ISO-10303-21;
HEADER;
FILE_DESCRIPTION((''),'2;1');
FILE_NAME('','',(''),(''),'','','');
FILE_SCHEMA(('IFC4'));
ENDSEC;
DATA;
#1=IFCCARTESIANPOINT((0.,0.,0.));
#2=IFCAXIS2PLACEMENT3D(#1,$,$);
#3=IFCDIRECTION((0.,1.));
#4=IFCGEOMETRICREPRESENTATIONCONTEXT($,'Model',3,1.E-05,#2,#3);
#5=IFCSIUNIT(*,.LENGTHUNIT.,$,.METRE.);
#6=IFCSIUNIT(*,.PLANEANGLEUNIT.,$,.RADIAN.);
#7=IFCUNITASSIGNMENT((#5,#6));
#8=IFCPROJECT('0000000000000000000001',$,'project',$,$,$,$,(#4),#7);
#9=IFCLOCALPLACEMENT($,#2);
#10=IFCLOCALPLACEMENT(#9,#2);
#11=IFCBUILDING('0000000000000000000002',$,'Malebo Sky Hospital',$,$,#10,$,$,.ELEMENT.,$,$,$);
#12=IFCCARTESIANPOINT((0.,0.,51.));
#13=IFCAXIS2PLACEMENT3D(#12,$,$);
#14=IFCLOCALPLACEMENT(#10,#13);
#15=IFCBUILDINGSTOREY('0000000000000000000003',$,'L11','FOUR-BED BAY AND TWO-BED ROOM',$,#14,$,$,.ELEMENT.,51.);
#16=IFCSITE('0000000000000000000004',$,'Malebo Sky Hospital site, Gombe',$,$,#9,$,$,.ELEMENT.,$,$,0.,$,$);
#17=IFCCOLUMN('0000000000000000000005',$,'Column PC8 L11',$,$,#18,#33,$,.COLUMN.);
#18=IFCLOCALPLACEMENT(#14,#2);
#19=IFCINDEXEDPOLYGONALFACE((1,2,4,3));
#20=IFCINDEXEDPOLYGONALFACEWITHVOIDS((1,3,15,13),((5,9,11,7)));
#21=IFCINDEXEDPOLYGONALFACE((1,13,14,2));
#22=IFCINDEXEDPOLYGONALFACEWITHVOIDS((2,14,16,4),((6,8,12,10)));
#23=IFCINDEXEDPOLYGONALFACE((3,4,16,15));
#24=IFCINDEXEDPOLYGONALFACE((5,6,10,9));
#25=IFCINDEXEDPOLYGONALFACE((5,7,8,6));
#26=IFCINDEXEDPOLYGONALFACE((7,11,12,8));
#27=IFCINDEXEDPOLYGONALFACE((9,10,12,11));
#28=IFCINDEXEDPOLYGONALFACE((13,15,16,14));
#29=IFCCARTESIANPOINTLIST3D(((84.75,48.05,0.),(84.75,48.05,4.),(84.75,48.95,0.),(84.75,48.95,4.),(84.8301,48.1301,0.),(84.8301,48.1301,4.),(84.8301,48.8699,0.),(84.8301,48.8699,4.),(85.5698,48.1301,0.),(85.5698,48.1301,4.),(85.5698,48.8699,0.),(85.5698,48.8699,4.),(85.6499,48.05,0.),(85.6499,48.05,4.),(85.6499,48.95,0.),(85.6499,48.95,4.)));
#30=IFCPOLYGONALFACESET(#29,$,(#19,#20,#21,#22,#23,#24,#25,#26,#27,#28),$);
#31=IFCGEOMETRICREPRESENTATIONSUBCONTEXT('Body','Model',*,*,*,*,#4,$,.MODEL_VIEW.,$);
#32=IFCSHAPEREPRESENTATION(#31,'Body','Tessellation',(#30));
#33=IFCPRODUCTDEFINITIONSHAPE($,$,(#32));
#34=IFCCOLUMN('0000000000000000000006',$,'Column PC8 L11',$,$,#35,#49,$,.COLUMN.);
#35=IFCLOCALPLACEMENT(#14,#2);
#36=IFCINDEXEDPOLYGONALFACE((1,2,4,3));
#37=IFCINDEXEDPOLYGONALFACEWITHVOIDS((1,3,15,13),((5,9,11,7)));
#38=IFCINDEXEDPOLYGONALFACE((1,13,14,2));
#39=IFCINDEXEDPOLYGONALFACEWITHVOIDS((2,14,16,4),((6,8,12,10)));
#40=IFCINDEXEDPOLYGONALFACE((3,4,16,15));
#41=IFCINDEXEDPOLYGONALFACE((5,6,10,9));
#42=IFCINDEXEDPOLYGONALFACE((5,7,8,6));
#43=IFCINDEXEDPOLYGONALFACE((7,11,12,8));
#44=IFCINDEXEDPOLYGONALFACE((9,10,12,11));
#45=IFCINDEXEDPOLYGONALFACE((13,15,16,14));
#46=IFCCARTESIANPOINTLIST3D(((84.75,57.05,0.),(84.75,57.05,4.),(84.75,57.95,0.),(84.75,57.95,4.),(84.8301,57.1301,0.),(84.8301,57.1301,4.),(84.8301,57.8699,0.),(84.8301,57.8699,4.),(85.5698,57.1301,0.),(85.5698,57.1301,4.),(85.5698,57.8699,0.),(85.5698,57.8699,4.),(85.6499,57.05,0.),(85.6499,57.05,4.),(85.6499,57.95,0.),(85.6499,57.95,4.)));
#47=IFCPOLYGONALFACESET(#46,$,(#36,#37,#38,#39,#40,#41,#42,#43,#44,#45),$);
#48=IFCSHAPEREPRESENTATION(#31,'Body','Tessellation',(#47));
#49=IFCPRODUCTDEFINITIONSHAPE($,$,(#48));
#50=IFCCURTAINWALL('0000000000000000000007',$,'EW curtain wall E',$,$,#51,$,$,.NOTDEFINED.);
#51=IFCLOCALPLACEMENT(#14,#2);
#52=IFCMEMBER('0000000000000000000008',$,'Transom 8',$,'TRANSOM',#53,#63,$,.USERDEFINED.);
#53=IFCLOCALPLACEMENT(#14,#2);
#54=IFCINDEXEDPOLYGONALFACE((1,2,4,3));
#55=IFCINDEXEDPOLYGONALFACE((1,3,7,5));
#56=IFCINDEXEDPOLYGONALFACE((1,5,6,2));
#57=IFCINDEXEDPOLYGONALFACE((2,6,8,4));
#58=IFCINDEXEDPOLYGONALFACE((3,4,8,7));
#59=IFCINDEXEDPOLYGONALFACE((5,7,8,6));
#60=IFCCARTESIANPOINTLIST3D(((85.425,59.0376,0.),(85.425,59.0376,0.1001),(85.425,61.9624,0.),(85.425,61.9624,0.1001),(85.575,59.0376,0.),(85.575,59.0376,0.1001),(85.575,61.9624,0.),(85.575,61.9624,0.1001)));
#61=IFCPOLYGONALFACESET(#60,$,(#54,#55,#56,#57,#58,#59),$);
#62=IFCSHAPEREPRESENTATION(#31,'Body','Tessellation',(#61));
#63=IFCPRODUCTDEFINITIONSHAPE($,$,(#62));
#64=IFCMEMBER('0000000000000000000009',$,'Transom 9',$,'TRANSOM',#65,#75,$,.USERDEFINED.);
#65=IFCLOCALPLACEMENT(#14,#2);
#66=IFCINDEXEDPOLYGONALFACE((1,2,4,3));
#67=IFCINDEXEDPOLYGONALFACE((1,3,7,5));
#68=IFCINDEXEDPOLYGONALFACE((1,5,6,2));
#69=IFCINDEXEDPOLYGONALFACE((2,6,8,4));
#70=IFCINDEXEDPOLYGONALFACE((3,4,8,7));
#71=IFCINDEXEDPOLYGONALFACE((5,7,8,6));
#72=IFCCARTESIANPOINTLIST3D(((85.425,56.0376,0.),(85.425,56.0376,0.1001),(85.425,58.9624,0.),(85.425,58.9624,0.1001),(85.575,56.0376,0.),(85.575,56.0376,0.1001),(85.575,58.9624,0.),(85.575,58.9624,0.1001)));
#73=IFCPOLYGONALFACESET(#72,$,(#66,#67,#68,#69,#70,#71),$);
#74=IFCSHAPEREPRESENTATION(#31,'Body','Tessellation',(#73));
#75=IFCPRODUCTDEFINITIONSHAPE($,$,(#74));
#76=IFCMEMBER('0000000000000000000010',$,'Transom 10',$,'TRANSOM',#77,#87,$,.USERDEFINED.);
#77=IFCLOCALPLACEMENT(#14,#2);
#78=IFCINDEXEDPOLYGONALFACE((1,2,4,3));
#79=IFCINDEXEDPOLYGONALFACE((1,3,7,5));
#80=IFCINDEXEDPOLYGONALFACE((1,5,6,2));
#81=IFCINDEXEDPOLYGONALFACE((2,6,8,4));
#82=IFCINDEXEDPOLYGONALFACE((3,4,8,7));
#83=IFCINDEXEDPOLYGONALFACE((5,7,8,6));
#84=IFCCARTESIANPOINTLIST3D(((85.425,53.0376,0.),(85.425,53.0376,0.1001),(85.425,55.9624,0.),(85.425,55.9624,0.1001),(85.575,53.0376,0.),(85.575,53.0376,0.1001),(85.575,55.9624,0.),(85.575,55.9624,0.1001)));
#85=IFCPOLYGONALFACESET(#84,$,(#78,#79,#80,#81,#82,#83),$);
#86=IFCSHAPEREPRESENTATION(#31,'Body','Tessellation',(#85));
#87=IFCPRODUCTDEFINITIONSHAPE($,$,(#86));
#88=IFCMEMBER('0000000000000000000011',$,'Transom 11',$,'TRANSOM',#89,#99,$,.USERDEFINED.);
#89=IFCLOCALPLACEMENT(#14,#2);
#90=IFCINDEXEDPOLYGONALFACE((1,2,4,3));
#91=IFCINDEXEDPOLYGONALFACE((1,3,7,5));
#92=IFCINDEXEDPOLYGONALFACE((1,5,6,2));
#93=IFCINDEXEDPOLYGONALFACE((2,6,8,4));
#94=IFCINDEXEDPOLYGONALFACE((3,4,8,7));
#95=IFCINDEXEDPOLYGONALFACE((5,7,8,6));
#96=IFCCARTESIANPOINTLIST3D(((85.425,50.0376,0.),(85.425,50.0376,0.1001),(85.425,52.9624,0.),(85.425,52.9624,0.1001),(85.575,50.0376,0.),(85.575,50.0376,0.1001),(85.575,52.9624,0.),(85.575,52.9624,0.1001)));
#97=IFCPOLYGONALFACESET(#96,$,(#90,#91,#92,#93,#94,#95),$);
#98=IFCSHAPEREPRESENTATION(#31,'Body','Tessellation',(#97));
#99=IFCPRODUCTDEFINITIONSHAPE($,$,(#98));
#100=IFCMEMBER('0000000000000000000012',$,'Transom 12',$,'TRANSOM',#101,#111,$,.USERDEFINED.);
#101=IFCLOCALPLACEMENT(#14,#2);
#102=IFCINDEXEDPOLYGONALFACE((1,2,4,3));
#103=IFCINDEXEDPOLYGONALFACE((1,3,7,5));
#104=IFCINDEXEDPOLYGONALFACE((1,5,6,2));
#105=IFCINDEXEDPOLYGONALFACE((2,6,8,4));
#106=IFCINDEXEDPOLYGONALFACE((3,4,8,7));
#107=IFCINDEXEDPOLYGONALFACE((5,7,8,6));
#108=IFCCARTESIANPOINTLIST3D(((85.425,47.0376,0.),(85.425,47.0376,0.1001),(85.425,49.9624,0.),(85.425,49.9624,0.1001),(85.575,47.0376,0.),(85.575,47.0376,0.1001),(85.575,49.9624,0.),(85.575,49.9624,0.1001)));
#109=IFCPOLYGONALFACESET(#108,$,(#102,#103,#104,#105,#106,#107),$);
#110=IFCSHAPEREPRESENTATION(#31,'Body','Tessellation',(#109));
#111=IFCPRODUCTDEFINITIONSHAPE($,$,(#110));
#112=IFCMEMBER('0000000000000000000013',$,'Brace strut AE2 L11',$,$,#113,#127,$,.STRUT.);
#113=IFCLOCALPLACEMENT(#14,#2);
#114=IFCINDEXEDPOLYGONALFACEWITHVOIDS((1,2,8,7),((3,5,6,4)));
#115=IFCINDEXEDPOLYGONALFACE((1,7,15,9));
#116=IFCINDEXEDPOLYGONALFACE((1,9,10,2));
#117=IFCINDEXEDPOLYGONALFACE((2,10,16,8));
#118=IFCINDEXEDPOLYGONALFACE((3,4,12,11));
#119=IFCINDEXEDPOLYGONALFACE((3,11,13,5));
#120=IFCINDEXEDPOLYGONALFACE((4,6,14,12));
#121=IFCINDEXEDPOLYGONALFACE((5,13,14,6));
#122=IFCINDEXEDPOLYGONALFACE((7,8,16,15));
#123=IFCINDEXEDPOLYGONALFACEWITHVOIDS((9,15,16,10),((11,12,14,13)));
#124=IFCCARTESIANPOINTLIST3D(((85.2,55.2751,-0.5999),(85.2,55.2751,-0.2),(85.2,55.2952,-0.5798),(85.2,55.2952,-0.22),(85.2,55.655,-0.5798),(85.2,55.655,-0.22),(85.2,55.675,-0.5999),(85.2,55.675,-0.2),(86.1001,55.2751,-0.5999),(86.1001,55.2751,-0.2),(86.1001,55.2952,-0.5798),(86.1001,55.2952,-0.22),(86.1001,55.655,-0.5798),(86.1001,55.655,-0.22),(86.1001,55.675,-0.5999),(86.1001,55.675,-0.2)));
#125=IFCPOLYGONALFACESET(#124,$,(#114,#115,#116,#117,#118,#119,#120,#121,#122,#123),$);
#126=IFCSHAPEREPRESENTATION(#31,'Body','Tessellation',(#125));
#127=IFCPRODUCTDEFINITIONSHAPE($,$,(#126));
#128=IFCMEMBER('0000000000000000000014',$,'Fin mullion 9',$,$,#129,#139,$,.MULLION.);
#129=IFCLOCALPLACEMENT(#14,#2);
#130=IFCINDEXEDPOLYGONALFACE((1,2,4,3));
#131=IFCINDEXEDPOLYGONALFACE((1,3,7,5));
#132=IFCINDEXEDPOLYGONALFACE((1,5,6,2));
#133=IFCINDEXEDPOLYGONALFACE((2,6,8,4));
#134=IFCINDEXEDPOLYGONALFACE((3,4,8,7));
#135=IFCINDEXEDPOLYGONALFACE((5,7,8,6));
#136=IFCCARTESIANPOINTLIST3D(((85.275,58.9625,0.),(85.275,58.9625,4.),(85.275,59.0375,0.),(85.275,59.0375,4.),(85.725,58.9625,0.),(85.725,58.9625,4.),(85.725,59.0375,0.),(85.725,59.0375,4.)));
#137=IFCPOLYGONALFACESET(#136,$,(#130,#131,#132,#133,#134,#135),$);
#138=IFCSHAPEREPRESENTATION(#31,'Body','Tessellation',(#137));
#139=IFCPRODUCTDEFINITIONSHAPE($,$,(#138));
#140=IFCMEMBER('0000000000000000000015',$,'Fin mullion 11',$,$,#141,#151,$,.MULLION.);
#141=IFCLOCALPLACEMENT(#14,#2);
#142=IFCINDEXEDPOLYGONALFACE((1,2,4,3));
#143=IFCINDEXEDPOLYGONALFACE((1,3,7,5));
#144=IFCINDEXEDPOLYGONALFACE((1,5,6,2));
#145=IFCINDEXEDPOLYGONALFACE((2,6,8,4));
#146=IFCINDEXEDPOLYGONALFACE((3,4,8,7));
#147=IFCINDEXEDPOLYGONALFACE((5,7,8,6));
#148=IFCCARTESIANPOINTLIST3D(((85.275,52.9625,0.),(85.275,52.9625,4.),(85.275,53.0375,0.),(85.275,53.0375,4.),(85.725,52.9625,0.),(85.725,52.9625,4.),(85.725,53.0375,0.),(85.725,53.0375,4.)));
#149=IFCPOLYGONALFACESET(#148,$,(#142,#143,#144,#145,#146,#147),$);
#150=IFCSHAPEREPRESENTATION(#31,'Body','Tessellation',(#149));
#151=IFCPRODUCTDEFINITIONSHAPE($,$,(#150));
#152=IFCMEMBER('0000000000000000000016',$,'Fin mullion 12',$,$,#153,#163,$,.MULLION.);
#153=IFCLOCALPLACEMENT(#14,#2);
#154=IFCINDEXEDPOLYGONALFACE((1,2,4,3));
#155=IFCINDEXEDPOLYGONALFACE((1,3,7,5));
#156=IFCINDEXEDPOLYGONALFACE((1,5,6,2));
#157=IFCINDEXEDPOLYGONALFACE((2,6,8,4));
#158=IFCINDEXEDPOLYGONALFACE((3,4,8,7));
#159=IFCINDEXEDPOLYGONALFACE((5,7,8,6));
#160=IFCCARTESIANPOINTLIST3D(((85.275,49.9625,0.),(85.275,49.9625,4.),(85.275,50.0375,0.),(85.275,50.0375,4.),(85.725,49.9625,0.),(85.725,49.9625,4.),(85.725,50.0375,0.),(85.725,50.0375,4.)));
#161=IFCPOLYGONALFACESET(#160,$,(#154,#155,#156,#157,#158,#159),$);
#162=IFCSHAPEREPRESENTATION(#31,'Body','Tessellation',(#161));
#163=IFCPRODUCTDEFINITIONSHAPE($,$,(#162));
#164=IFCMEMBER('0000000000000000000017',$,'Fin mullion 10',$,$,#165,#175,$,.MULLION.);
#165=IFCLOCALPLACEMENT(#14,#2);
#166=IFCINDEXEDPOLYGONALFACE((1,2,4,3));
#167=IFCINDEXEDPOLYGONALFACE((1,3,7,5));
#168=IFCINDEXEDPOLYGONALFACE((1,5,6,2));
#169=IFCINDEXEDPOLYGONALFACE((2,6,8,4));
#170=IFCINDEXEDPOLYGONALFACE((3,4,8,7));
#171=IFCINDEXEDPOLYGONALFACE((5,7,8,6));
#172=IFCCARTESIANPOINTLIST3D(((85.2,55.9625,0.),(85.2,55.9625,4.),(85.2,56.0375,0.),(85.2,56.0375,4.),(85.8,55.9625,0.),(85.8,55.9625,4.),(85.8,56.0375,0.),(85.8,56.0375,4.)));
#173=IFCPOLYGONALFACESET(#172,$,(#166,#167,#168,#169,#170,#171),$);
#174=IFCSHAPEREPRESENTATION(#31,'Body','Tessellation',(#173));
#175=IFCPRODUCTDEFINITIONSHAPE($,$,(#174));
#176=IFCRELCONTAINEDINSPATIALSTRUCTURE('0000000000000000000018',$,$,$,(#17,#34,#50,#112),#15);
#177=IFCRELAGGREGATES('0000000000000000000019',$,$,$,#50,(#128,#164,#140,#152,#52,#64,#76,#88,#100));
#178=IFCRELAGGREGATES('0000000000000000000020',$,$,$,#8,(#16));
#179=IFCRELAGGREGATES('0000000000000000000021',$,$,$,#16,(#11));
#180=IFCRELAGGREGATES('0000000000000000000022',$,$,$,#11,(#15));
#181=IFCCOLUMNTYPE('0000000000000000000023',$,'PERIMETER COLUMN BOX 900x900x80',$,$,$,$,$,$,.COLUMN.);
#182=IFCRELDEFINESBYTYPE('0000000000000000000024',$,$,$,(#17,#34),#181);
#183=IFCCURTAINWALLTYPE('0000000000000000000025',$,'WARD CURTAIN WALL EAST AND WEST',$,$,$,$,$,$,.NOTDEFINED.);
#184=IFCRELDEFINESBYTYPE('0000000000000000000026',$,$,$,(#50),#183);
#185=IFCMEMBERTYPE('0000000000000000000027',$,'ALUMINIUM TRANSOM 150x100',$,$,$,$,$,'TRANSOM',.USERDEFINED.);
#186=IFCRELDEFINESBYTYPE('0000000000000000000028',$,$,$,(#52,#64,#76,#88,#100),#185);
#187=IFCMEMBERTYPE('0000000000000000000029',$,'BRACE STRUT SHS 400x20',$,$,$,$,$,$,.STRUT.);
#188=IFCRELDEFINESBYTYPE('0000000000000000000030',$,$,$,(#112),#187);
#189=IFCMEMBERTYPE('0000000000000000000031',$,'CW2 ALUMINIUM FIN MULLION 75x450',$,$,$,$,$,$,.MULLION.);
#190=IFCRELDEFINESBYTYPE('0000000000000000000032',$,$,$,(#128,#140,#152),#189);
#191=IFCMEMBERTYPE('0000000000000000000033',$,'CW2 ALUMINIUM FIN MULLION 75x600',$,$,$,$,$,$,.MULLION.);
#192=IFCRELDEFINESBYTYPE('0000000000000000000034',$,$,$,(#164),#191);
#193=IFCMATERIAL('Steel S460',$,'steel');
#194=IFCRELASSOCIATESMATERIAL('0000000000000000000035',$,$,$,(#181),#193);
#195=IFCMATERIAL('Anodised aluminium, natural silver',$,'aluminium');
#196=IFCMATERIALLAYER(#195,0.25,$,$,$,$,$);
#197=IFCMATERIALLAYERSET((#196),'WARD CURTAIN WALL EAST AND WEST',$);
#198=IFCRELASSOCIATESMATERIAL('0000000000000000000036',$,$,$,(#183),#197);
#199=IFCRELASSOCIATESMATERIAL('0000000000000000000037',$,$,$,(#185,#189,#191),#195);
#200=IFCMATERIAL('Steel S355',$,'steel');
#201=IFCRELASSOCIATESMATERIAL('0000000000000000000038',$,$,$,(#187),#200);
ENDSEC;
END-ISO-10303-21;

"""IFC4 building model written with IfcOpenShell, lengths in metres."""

from ifc_helpers import new_model, si_unit, direction, frame, origin, origin_2d, place, context, subcontext, project, spatial, rectangle, hollow_rectangle, extrude, material, layer, layer_set, material_profile, profile_set, type_object, element, aggregate, save


model = new_model("IFC4")

# Units and contexts
model_context = context("Model", 3, precision=1e-05, world=origin(), true_north=direction((0.0, 1.0)))
body_context = subcontext(model_context, "Body", "Model", "MODEL_VIEW")
ifc_project = project(units=[si_unit("LENGTHUNIT", "METRE"), si_unit("PLANEANGLEUNIT", "RADIAN")], contexts=[model_context])

# Site, building, storey
site_placement = place(None, origin())
site = spatial("IfcSite", under=ifc_project, at=site_placement, Name="Malebo Sky Hospital site, Gombe", CompositionType="ELEMENT", RefElevation=0.0)
building_placement = place(site_placement, origin())
building = spatial("IfcBuilding", under=site, at=building_placement, Name="Malebo Sky Hospital", CompositionType="ELEMENT")
storey_placement = place(building_placement, frame((0.0, 0.0, 51.0)))
storey = spatial("IfcBuildingStorey", under=building, at=storey_placement, Name="L11", Description="FOUR-BED BAY AND TWO-BED ROOM", CompositionType="ELEMENT", Elevation=51.0)

# Columns
ifc_material_1 = material(Name="Steel S460", Category="steel")
ifc_material_profile_1 = material_profile(ifc_material_1, hollow_rectangle(XDim=0.8999, YDim=0.8999, WallThickness=0.0801, at=origin_2d()), Name="BOX 900x900x80")
ifc_profile_set_1 = profile_set([ifc_material_profile_1], Name="Steel S460")
column_type = type_object("IfcColumnType", Name="PERIMETER COLUMN BOX 900x900x80", PredefinedType="COLUMN", material=ifc_profile_set_1)
for number, where, z_axis, x_axis, name in (
    (1, (85.2, 48.5, 0.0), (0.0, 0.0, 1.0), (1.0, 0.0, 0.0), "Column PC8 L11"),
    (2, (85.2, 57.5, 0.0), (0.0, 0.0, 1.0), (1.0, 0.0, 0.0), "Column PC8 L11"),
):
    element("IfcColumn", number, at=place(storey_placement, frame(where, z_axis=z_axis, x_axis=x_axis)), inside=storey, type_object=column_type, Name=name, PredefinedType="COLUMN", context=body_context, shape_type="SweptSolid", body=[
        extrude(hollow_rectangle(XDim=0.8999, YDim=0.8999, WallThickness=0.0801, at=origin_2d()), origin(), (0.0, 0.0, 1.0), 4.0),
    ])

# Curtain wall, members
ifc_material_2 = material(Name="Anodised aluminium, natural silver", Category="aluminium")
ifc_layer_1 = layer(ifc_material_2, 0.25)
ifc_layer_set_1 = layer_set([ifc_layer_1], Name="WARD CURTAIN WALL EAST AND WEST")
curtain_wall_type = type_object("IfcCurtainWallType", Name="WARD CURTAIN WALL EAST AND WEST", PredefinedType="NOTDEFINED", material=ifc_layer_set_1)
curtain_wall_placement = place(storey_placement, origin())
curtain_wall = element("IfcCurtainWall", 3, at=curtain_wall_placement, inside=storey, type_object=curtain_wall_type, Name="EW curtain wall E", PredefinedType="NOTDEFINED")
ifc_material_profile_2 = material_profile(ifc_material_2, rectangle(XDim=0.1499, YDim=0.1001, at=origin_2d()), Name="ALUMINIUM TRANSOM 150x100")
ifc_profile_set_2 = profile_set([ifc_material_profile_2], Name="Anodised aluminium, natural silver")
member_type_1 = type_object("IfcMemberType", Name="ALUMINIUM TRANSOM 150x100", ElementType="TRANSOM", PredefinedType="USERDEFINED", material=ifc_profile_set_2)
member_1_placement = place(storey_placement, frame((85.5, 61.9624, 0.05), z_axis=(0.0, -1.0, 0.0), x_axis=(1.0, 0.0, 0.0)))
member_1 = element("IfcMember", 4, at=member_1_placement, type_object=member_type_1, Name="Transom 8", ObjectType="TRANSOM", PredefinedType="USERDEFINED", context=body_context, shape_type="SweptSolid", body=[
    extrude(rectangle(XDim=0.1499, YDim=0.1001, at=origin_2d()), origin(), (0.0, 0.0, 1.0), 2.9248),
])
member_2_placement = place(storey_placement, frame((85.5, 58.9624, 0.05), z_axis=(0.0, -1.0, 0.0), x_axis=(1.0, 0.0, 0.0)))
member_2 = element("IfcMember", 5, at=member_2_placement, type_object=member_type_1, Name="Transom 9", ObjectType="TRANSOM", PredefinedType="USERDEFINED", context=body_context, shape_type="SweptSolid", body=[
    extrude(rectangle(XDim=0.1499, YDim=0.1001, at=origin_2d()), origin(), (0.0, 0.0, 1.0), 2.9248),
])
member_3_placement = place(storey_placement, frame((85.5, 55.9624, 0.05), z_axis=(0.0, -1.0, 0.0), x_axis=(1.0, 0.0, 0.0)))
member_3 = element("IfcMember", 6, at=member_3_placement, type_object=member_type_1, Name="Transom 10", ObjectType="TRANSOM", PredefinedType="USERDEFINED", context=body_context, shape_type="SweptSolid", body=[
    extrude(rectangle(XDim=0.1499, YDim=0.1001, at=origin_2d()), origin(), (0.0, 0.0, 1.0), 2.9248),
])
member_4_placement = place(storey_placement, frame((85.5, 52.9624, 0.05), z_axis=(0.0, -1.0, 0.0), x_axis=(1.0, 0.0, 0.0)))
member_4 = element("IfcMember", 7, at=member_4_placement, type_object=member_type_1, Name="Transom 11", ObjectType="TRANSOM", PredefinedType="USERDEFINED", context=body_context, shape_type="SweptSolid", body=[
    extrude(rectangle(XDim=0.1499, YDim=0.1001, at=origin_2d()), origin(), (0.0, 0.0, 1.0), 2.9248),
])
member_5_placement = place(storey_placement, frame((85.5, 49.9624, 0.05), z_axis=(0.0, -1.0, 0.0), x_axis=(1.0, 0.0, 0.0)))
member_5 = element("IfcMember", 8, at=member_5_placement, type_object=member_type_1, Name="Transom 12", ObjectType="TRANSOM", PredefinedType="USERDEFINED", context=body_context, shape_type="SweptSolid", body=[
    extrude(rectangle(XDim=0.1499, YDim=0.1001, at=origin_2d()), origin(), (0.0, 0.0, 1.0), 2.9248),
])

# Members
ifc_material_3 = material(Name="Steel S355", Category="steel")
ifc_material_profile_3 = material_profile(ifc_material_3, hollow_rectangle(XDim=0.3999, YDim=0.3999, WallThickness=0.02, at=origin_2d()), Name="SHS 400x20")
ifc_profile_set_3 = profile_set([ifc_material_profile_3], Name="Steel S355")
member_type_2 = type_object("IfcMemberType", Name="BRACE STRUT SHS 400x20", PredefinedType="STRUT", material=ifc_profile_set_3)
member_6_placement = place(storey_placement, frame((86.1001, 55.4751, -0.3999), z_axis=(-1.0, 0.0, 0.0), x_axis=(0.0, -1.0, 0.0)))
element("IfcMember", 9, at=member_6_placement, inside=storey, type_object=member_type_2, Name="Brace strut AE2 L11", PredefinedType="STRUT", context=body_context, shape_type="SweptSolid", body=[
    extrude(hollow_rectangle(XDim=0.3999, YDim=0.3999, WallThickness=0.02, at=origin_2d()), origin(), (0.0, 0.0, 1.0), 0.9001),
])
ifc_material_profile_4 = material_profile(ifc_material_2, rectangle(XDim=0.075, YDim=0.45, at=origin_2d()), Name="CW2 ALUMINIUM FIN MULLION 75x450")
ifc_profile_set_4 = profile_set([ifc_material_profile_4], Name="Anodised aluminium, natural silver")
member_type_3 = type_object("IfcMemberType", Name="CW2 ALUMINIUM FIN MULLION 75x450", PredefinedType="MULLION", material=ifc_profile_set_4)
member_7_placement = place(storey_placement, frame((85.5, 59.0, 0.0), z_axis=(0.0, 0.0, 1.0), x_axis=(0.0, -1.0, 0.0)))
member_7 = element("IfcMember", 10, at=member_7_placement, type_object=member_type_3, Name="Fin mullion 9", PredefinedType="MULLION", context=body_context, shape_type="SweptSolid", body=[
    extrude(rectangle(XDim=0.075, YDim=0.45, at=origin_2d()), origin(), (0.0, 0.0, 1.0), 4.0),
])
member_8_placement = place(storey_placement, frame((85.5, 53.0, 0.0), z_axis=(0.0, 0.0, 1.0), x_axis=(0.0, -1.0, 0.0)))
member_8 = element("IfcMember", 11, at=member_8_placement, type_object=member_type_3, Name="Fin mullion 11", PredefinedType="MULLION", context=body_context, shape_type="SweptSolid", body=[
    extrude(rectangle(XDim=0.075, YDim=0.45, at=origin_2d()), origin(), (0.0, 0.0, 1.0), 4.0),
])
member_9_placement = place(storey_placement, frame((85.5, 50.0, 0.0), z_axis=(0.0, 0.0, 1.0), x_axis=(0.0, -1.0, 0.0)))
member_9 = element("IfcMember", 12, at=member_9_placement, type_object=member_type_3, Name="Fin mullion 12", PredefinedType="MULLION", context=body_context, shape_type="SweptSolid", body=[
    extrude(rectangle(XDim=0.075, YDim=0.45, at=origin_2d()), origin(), (0.0, 0.0, 1.0), 4.0),
])
ifc_material_profile_5 = material_profile(ifc_material_2, rectangle(XDim=0.075, YDim=0.6001, at=origin_2d()), Name="CW2 ALUMINIUM FIN MULLION 75x600")
ifc_profile_set_5 = profile_set([ifc_material_profile_5], Name="Anodised aluminium, natural silver")
member_type_4 = type_object("IfcMemberType", Name="CW2 ALUMINIUM FIN MULLION 75x600", PredefinedType="MULLION", material=ifc_profile_set_5)
member_10_placement = place(storey_placement, frame((85.5, 56.0, 0.0), z_axis=(0.0, 0.0, 1.0), x_axis=(0.0, -1.0, 0.0)))
member_10 = element("IfcMember", 13, at=member_10_placement, type_object=member_type_4, Name="Fin mullion 10", PredefinedType="MULLION", context=body_context, shape_type="SweptSolid", body=[
    extrude(rectangle(XDim=0.075, YDim=0.6001, at=origin_2d()), origin(), (0.0, 0.0, 1.0), 4.0),
])

aggregate(curtain_wall, [member_7, member_10, member_8, member_9, member_1, member_2, member_3, member_4, member_5])

save(model, "model.ifc")
